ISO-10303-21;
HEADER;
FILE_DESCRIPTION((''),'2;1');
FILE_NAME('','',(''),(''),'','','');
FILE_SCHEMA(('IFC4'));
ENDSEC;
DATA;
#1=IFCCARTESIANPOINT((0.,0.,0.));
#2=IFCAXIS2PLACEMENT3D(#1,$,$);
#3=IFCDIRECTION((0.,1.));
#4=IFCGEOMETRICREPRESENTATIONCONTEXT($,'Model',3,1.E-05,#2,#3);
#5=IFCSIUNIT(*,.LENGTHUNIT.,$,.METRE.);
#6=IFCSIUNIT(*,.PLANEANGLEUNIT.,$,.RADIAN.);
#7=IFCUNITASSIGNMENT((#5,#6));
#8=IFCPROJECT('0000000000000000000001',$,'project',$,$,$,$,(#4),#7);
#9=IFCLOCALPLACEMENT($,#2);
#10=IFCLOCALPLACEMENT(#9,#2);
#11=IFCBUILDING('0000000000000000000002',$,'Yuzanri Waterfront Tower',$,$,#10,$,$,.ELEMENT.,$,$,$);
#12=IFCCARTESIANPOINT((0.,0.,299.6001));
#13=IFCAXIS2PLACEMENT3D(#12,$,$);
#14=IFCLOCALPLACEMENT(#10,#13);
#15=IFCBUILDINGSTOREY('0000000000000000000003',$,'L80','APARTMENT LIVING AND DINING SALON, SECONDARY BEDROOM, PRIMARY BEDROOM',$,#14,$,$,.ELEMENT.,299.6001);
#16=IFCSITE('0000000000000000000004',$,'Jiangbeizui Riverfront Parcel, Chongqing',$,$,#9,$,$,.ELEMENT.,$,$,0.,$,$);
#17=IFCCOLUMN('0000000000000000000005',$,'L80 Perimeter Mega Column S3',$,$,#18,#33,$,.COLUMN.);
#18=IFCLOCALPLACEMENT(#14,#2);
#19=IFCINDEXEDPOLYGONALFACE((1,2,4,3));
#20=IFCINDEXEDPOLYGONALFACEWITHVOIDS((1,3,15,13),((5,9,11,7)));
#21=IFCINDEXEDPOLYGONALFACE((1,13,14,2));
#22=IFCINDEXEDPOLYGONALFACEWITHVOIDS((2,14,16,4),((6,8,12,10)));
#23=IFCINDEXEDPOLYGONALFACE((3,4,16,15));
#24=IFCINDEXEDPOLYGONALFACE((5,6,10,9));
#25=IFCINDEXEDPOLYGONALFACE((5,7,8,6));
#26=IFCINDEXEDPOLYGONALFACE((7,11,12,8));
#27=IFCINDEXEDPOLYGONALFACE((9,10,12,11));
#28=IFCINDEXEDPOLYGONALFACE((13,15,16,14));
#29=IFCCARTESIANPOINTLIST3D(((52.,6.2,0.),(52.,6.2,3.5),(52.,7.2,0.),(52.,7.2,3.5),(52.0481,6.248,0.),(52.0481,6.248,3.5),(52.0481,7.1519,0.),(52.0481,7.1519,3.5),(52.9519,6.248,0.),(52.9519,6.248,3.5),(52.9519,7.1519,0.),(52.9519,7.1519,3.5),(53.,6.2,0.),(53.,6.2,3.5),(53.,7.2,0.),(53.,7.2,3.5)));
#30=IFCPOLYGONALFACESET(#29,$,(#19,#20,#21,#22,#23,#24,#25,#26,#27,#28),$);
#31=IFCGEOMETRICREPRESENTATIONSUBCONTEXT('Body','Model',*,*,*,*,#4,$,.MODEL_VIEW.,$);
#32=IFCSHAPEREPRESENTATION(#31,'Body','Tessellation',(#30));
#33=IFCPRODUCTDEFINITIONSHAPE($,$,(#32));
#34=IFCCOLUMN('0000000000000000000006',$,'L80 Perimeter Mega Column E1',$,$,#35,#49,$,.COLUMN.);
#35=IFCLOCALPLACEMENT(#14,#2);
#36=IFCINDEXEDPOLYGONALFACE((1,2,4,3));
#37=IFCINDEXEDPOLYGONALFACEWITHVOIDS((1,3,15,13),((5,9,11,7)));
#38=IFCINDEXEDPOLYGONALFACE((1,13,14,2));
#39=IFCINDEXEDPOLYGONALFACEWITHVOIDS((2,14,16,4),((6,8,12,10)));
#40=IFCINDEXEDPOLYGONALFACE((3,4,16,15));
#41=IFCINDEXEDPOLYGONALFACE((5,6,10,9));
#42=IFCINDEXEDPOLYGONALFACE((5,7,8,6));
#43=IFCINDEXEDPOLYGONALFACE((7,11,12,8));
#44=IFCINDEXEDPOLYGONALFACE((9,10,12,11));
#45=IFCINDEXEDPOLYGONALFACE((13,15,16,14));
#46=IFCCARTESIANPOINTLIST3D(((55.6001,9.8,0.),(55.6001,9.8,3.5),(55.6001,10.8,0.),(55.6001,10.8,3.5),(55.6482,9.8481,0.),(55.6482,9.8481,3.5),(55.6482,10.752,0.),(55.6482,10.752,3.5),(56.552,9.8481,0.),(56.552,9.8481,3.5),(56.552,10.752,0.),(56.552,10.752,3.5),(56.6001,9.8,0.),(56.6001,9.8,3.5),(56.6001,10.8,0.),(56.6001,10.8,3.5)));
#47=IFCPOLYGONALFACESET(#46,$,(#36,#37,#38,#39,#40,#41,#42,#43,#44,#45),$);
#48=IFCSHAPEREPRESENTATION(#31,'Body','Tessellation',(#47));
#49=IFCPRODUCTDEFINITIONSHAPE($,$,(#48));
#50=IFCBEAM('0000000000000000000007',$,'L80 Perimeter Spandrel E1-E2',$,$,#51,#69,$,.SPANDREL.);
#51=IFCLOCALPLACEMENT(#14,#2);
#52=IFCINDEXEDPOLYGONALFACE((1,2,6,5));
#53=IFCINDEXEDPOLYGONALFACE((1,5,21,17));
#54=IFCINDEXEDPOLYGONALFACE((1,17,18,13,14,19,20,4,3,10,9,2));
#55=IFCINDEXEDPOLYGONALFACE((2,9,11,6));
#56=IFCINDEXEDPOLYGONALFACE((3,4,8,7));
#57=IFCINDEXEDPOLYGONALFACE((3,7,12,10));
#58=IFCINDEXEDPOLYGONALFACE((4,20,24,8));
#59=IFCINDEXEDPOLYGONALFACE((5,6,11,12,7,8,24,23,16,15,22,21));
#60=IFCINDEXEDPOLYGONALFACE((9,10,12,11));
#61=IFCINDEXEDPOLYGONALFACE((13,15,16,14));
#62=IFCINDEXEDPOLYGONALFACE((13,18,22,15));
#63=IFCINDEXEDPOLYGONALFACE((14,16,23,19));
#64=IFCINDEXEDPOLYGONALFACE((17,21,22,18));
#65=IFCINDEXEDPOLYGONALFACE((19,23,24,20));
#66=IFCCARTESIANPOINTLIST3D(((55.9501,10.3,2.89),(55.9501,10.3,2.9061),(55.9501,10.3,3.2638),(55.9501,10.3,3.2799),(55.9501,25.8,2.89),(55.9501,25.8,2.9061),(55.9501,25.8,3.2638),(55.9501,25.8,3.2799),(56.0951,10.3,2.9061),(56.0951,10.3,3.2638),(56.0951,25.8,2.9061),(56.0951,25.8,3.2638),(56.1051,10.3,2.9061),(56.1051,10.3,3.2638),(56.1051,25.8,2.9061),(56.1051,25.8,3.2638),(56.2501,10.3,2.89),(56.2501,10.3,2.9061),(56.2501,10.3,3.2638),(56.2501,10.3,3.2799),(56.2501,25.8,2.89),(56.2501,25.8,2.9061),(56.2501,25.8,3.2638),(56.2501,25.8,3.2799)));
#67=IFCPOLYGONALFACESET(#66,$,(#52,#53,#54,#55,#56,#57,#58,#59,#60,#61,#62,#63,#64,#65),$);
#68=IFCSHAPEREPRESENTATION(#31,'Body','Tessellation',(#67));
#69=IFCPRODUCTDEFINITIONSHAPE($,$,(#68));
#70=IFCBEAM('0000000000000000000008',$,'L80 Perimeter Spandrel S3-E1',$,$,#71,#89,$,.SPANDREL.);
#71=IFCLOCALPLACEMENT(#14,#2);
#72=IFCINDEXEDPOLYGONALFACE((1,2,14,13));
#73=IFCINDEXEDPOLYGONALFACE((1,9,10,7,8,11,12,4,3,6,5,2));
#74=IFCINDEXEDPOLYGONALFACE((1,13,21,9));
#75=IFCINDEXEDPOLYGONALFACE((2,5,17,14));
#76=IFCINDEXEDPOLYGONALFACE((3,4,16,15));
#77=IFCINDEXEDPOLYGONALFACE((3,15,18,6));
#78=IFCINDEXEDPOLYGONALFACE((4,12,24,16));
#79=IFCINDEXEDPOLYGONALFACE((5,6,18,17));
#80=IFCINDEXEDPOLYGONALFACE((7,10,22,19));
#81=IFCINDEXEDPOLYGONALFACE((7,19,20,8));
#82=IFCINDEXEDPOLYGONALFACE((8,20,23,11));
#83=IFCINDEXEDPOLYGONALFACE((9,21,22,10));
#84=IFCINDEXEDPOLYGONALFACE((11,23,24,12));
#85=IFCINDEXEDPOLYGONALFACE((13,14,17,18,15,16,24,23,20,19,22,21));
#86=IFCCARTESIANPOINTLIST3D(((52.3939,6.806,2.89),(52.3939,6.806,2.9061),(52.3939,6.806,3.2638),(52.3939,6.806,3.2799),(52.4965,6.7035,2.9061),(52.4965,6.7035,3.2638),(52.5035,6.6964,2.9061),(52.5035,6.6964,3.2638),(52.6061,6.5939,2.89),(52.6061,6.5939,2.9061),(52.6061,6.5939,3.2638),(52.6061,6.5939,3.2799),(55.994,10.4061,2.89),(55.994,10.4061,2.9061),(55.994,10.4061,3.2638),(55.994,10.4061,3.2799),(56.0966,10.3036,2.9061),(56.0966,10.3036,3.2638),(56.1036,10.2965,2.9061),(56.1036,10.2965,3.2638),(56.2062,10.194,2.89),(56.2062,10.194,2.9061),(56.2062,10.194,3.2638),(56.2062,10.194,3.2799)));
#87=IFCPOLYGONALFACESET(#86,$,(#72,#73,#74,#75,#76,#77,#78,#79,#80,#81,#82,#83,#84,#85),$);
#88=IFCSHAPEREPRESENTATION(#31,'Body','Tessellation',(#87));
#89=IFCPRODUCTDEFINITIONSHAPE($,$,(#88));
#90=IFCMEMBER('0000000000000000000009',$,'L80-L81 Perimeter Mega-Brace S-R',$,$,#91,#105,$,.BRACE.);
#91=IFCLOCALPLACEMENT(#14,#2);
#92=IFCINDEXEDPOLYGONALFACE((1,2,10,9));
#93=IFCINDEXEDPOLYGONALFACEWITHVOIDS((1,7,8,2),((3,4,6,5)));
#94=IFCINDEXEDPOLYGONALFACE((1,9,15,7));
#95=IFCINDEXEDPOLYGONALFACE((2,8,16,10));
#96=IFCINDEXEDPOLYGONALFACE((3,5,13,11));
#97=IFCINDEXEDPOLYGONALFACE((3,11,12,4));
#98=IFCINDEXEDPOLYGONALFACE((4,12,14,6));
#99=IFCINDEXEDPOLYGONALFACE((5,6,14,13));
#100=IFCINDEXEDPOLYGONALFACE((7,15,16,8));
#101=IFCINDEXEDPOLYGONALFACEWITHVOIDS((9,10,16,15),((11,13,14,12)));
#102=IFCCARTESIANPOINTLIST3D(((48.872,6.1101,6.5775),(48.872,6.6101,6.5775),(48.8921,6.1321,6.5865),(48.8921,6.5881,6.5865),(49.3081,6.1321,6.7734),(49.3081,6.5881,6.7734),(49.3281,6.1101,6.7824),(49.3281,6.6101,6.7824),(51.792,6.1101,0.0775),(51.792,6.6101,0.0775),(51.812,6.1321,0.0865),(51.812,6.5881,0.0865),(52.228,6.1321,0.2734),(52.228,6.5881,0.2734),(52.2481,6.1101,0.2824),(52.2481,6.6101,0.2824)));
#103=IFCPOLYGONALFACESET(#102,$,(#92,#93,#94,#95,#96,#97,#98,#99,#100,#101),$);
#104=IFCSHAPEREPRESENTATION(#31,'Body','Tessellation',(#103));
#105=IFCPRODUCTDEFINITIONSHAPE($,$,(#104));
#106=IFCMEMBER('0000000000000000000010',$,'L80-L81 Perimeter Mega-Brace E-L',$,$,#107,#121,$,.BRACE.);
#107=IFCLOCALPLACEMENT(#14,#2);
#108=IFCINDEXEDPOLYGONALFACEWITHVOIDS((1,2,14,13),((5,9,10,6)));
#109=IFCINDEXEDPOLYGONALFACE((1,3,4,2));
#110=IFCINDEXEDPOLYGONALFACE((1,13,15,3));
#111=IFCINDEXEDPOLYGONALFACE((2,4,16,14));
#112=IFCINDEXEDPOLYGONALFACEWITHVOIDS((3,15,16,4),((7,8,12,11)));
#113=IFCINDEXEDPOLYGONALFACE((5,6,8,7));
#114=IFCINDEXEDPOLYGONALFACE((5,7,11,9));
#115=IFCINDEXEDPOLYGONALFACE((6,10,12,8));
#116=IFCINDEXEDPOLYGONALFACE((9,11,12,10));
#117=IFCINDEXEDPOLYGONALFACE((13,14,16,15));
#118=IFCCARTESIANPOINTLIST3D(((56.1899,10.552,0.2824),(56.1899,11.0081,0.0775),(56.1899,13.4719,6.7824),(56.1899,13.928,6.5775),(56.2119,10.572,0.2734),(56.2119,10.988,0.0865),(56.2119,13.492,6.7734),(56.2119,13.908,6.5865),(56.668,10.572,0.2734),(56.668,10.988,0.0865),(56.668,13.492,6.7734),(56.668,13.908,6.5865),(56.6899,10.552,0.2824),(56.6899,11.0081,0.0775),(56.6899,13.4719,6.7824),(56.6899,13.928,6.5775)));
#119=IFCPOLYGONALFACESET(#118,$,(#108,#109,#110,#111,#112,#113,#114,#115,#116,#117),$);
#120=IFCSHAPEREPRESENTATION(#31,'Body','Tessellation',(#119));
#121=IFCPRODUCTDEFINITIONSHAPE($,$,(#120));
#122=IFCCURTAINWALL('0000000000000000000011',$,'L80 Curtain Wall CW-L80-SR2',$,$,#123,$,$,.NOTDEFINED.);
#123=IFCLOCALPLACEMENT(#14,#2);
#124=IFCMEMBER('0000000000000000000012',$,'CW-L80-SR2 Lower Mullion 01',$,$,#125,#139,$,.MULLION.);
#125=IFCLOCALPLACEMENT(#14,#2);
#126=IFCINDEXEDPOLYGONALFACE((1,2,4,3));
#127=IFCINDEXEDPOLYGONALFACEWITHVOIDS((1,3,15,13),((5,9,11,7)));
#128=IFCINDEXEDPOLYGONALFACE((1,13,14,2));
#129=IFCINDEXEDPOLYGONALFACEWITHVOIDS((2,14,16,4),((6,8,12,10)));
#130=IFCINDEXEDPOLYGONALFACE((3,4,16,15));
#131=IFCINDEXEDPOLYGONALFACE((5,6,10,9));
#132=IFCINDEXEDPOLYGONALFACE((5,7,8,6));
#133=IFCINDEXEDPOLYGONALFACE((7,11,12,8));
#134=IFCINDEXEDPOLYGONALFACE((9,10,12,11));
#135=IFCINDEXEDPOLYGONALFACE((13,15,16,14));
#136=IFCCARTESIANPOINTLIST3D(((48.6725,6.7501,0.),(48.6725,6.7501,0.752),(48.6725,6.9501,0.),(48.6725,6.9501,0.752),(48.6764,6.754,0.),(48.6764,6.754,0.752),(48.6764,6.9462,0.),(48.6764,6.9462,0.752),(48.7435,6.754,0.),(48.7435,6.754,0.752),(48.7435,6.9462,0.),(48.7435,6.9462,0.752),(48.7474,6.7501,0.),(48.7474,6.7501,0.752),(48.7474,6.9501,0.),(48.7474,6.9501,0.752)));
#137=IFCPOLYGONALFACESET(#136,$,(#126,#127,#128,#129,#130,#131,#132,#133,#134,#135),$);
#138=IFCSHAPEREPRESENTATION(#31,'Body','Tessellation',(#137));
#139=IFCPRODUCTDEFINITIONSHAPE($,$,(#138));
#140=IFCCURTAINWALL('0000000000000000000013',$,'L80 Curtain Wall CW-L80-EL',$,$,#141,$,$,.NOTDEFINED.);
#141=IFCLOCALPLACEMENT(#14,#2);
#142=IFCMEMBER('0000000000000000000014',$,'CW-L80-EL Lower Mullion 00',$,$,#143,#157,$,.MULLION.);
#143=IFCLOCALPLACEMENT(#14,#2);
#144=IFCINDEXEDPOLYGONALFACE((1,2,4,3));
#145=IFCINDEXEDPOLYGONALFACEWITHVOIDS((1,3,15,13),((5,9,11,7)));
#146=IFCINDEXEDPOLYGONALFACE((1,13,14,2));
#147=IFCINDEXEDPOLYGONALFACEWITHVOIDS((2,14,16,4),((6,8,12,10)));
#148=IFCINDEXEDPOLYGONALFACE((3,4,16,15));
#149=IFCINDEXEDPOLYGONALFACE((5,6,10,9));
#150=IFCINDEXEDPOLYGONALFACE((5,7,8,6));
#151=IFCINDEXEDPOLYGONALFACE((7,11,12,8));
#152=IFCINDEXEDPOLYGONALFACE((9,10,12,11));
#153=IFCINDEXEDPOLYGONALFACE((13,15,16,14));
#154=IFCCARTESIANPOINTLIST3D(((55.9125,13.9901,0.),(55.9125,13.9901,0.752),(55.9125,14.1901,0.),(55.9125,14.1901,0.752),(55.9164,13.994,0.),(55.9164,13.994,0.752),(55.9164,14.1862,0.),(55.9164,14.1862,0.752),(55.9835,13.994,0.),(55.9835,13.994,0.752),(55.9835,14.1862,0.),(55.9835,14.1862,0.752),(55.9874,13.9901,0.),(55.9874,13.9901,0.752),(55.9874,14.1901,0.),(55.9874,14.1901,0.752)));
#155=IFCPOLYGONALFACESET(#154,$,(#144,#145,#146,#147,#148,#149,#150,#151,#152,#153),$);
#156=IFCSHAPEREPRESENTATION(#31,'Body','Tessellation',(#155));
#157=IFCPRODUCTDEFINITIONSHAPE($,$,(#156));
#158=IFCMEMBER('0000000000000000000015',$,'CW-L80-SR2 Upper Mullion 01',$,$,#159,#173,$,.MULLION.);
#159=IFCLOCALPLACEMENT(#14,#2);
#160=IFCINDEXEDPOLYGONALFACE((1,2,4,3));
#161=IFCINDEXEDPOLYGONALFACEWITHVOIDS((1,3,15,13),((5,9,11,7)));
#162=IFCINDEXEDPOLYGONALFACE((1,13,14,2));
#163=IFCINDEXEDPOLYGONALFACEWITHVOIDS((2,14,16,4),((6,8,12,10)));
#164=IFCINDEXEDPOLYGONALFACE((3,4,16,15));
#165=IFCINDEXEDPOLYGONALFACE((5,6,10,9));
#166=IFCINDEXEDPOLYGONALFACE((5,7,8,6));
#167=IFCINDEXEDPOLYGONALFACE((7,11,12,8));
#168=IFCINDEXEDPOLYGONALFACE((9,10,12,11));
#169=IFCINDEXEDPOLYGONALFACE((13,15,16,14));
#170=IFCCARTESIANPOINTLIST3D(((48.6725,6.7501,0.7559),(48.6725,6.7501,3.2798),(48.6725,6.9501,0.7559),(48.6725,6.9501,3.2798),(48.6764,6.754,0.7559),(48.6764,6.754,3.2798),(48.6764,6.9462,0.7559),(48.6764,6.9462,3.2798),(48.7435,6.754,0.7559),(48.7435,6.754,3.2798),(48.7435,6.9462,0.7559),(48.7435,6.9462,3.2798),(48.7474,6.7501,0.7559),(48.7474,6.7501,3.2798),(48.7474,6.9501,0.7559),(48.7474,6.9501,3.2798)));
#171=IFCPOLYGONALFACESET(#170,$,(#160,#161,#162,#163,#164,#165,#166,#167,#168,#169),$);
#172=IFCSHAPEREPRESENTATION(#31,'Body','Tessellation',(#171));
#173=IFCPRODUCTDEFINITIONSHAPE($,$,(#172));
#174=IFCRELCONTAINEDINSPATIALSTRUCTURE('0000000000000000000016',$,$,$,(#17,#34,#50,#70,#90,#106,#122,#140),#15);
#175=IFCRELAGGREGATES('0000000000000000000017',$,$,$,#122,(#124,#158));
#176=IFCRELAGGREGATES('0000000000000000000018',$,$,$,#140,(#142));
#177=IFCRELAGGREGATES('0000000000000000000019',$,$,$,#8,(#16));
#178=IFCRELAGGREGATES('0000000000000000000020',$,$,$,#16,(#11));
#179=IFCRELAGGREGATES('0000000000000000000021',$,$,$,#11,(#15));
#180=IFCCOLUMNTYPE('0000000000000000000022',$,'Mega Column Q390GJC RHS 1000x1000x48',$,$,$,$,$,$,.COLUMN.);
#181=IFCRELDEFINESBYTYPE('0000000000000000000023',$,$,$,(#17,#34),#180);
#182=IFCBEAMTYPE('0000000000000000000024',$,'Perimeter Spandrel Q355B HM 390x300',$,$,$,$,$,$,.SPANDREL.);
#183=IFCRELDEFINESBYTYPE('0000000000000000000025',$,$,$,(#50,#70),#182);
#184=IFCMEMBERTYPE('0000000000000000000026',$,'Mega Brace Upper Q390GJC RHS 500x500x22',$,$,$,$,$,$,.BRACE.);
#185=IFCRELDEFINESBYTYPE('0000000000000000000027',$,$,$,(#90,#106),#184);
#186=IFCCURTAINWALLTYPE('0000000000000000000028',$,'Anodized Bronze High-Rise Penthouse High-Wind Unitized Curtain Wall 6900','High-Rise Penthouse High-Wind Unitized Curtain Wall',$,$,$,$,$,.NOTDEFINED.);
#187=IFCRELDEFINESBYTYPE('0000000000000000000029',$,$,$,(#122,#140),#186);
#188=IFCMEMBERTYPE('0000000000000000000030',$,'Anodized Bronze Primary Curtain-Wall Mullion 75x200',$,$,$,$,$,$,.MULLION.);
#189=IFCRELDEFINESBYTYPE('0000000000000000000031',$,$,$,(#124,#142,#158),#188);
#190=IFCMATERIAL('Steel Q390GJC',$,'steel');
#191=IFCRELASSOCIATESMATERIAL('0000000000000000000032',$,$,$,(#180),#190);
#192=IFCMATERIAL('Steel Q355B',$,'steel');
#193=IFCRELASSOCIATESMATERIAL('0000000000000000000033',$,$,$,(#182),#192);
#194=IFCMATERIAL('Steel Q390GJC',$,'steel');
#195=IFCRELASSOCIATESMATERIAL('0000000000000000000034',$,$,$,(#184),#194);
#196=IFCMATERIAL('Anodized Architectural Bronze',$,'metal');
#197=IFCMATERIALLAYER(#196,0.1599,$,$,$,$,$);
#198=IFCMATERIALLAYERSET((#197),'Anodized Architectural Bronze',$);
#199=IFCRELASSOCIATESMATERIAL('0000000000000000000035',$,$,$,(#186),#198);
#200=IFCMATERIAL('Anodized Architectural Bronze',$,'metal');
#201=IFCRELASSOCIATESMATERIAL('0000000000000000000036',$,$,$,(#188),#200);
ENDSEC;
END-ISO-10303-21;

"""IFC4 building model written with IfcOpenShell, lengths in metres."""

from ifc_helpers import new_model, si_unit, direction, frame, origin, origin_2d, place, context, subcontext, project, spatial, hollow_rectangle, i_section, extrude, source, transform, mapped, material, layer, layer_set, material_profile, profile_set, type_object, element, aggregate, save


model = new_model("IFC4")

# Units and contexts
model_context = context("Model", 3, precision=1e-05, world=origin(), true_north=direction((0.0, 1.0)))
body_context = subcontext(model_context, "Body", "Model", "MODEL_VIEW")
ifc_project = project(units=[si_unit("LENGTHUNIT", "METRE"), si_unit("PLANEANGLEUNIT", "RADIAN")], contexts=[model_context])

# Site, building, storey
site_placement = place(None, origin())
site = spatial("IfcSite", under=ifc_project, at=site_placement, Name="Jiangbeizui Riverfront Parcel, Chongqing", CompositionType="ELEMENT", RefElevation=0.0)
building_placement = place(site_placement, origin())
building = spatial("IfcBuilding", under=site, at=building_placement, Name="Yuzanri Waterfront Tower", CompositionType="ELEMENT")
storey_placement = place(building_placement, frame((0.0, 0.0, 299.6001)))
storey = spatial("IfcBuildingStorey", under=building, at=storey_placement, Name="L80", Description="APARTMENT LIVING AND DINING SALON, SECONDARY BEDROOM, PRIMARY BEDROOM", CompositionType="ELEMENT", Elevation=299.6001)

# Columns
ifc_material_1 = material(Name="Steel Q390GJC", Category="steel")
ifc_material_profile_1 = material_profile(ifc_material_1, hollow_rectangle(XDim=1.0, YDim=1.0, WallThickness=0.0481, at=origin_2d()), Name="RHS 1000x1000x48")
ifc_profile_set_1 = profile_set([ifc_material_profile_1], Name="Steel Q390GJC")
column_type = type_object("IfcColumnType", Name="Mega Column Q390GJC RHS 1000x1000x48", PredefinedType="COLUMN", material=ifc_profile_set_1)
shared_shape_1 = source(origin(), body_context, "Body", "SweptSolid", [
    extrude(hollow_rectangle(XDim=1.0, YDim=1.0, WallThickness=0.0481, at=origin_2d()), origin(), (0.0, 0.0, 1.0), 3.5),
])
for number, where, z_axis, x_axis, name in (
    (1, (52.5, 6.7, 0.0), (0.0, 0.0, 1.0), (1.0, 0.0, 0.0), "L80 Perimeter Mega Column S3"),
    (2, (56.1001, 10.3, 0.0), (0.0, 0.0, 1.0), (1.0, 0.0, 0.0), "L80 Perimeter Mega Column E1"),
):
    element("IfcColumn", number, at=place(storey_placement, frame(where, z_axis=z_axis, x_axis=x_axis)), inside=storey, type_object=column_type, Name=name, PredefinedType="COLUMN", context=body_context, shape_type="MappedRepresentation", body=[
        mapped(shared_shape_1, transform((0.0, 0.0, 0.0), scale=1.0)),
    ])

# Beams
ifc_material_2 = material(Name="Steel Q355B", Category="steel")
ifc_material_profile_2 = material_profile(ifc_material_2, i_section(OverallWidth=0.3, OverallDepth=0.3899, WebThickness=0.01, FlangeThickness=0.0161, at=origin_2d()), Name="HM 390x300x10x16")
ifc_profile_set_2 = profile_set([ifc_material_profile_2], Name="Steel Q355B")
beam_type = type_object("IfcBeamType", Name="Perimeter Spandrel Q355B HM 390x300", PredefinedType="SPANDREL", material=ifc_profile_set_2)
shared_shape_2 = source(origin(), body_context, "Body", "SweptSolid", [
    extrude(i_section(OverallWidth=0.3, OverallDepth=0.3899, WebThickness=0.01, FlangeThickness=0.0161, at=origin_2d()), origin(), (0.0, 0.0, 1.0), 15.5),
])
beam_1_placement = place(storey_placement, frame((56.1001, 10.3, 3.085), z_axis=(0.0, 1.0, 0.0), x_axis=(-1.0, 0.0, 0.0)))
element("IfcBeam", 3, at=beam_1_placement, inside=storey, type_object=beam_type, Name="L80 Perimeter Spandrel E1-E2", PredefinedType="SPANDREL", context=body_context, shape_type="MappedRepresentation", body=[
    mapped(shared_shape_2, transform((0.0, 0.0, 0.0), scale=1.0)),
])
shared_shape_3 = source(origin(), body_context, "Body", "SweptSolid", [
    extrude(i_section(OverallWidth=0.3, OverallDepth=0.3899, WebThickness=0.01, FlangeThickness=0.0161, at=origin_2d()), origin(), (0.0, 0.0, 1.0), 5.0913),
])
beam_2_placement = place(storey_placement, frame((52.5, 6.7, 3.085), z_axis=(0.707107, 0.707107, 0.0), x_axis=(-0.707107, 0.707107, 0.0)))
element("IfcBeam", 4, at=beam_2_placement, inside=storey, type_object=beam_type, Name="L80 Perimeter Spandrel S3-E1", PredefinedType="SPANDREL", context=body_context, shape_type="MappedRepresentation", body=[
    mapped(shared_shape_3, transform((0.0, 0.0, 0.0), scale=1.0)),
])

# Members
ifc_material_3 = material(Name="Steel Q390GJC", Category="steel")
ifc_material_profile_3 = material_profile(ifc_material_3, hollow_rectangle(XDim=0.5, YDim=0.5, WallThickness=0.022, at=origin_2d()), Name="RHS 500x500x22")
ifc_profile_set_3 = profile_set([ifc_material_profile_3], Name="Steel Q390GJC")
member_type_1 = type_object("IfcMemberType", Name="Mega Brace Upper Q390GJC RHS 500x500x22", PredefinedType="BRACE", material=ifc_profile_set_3)
shared_shape_4 = source(origin(), body_context, "Body", "SweptSolid", [
    extrude(hollow_rectangle(XDim=0.5, YDim=0.5, WallThickness=0.022, at=origin_2d()), origin(), (0.0, 0.0, 1.0), 7.1257),
])
for number, where, z_axis, x_axis, name in (
    (5, (52.02, 6.3601, 0.1799), (-0.409772, 0.0, 0.912188), (0.0, -1.0, 0.0), "L80-L81 Perimeter Mega-Brace S-R"),
    (6, (56.4399, 10.78, 0.1799), (0.0, 0.409772, 0.912188), (-1.0, 0.0, 0.0), "L80-L81 Perimeter Mega-Brace E-L"),
):
    element("IfcMember", number, at=place(storey_placement, frame(where, z_axis=z_axis, x_axis=x_axis)), inside=storey, type_object=member_type_1, Name=name, PredefinedType="BRACE", context=body_context, shape_type="MappedRepresentation", body=[
        mapped(shared_shape_4, transform((0.0, 0.0, 0.0), scale=1.0)),
    ])

# Curtain walls, members
ifc_material_4 = material(Name="Anodized Architectural Bronze", Category="metal")
ifc_layer_1 = layer(ifc_material_4, 0.1599)
ifc_layer_set_1 = layer_set([ifc_layer_1], Name="Anodized Architectural Bronze")
curtain_wall_type = type_object("IfcCurtainWallType", Name="Anodized Bronze High-Rise Penthouse High-Wind Unitized Curtain Wall 6900", Description="High-Rise Penthouse High-Wind Unitized Curtain Wall", PredefinedType="NOTDEFINED", material=ifc_layer_set_1)
curtain_wall_1_placement = place(storey_placement, origin())
curtain_wall_1 = element("IfcCurtainWall", 7, at=curtain_wall_1_placement, inside=storey, type_object=curtain_wall_type, Name="L80 Curtain Wall CW-L80-SR2", PredefinedType="NOTDEFINED")
ifc_material_5 = material(Name="Anodized Architectural Bronze", Category="metal")
ifc_material_profile_4 = material_profile(ifc_material_5, hollow_rectangle(XDim=0.075, YDim=0.2, WallThickness=0.0039, at=origin_2d()), Name="CWM 75x200")
ifc_profile_set_4 = profile_set([ifc_material_profile_4], Name="Anodized Architectural Bronze")
member_type_2 = type_object("IfcMemberType", Name="Anodized Bronze Primary Curtain-Wall Mullion 75x200", PredefinedType="MULLION", material=ifc_profile_set_4)
shared_shape_5 = source(origin(), body_context, "Body", "SweptSolid", [
    extrude(hollow_rectangle(XDim=0.075, YDim=0.2, WallThickness=0.0039, at=origin_2d()), origin(), (0.0, 0.0, 1.0), 0.752),
])
member_1_placement = place(storey_placement, frame((48.71, 6.8501, 0.0), z_axis=(0.0, 0.0, 1.0), x_axis=(1.0, 0.0, 0.0)))
member_1 = element("IfcMember", 8, at=member_1_placement, type_object=member_type_2, Name="CW-L80-SR2 Lower Mullion 01", PredefinedType="MULLION", context=body_context, shape_type="MappedRepresentation", body=[
    mapped(shared_shape_5, transform((0.0, 0.0, 0.0), scale=1.0)),
])
curtain_wall_2_placement = place(storey_placement, origin())
curtain_wall_2 = element("IfcCurtainWall", 9, at=curtain_wall_2_placement, inside=storey, type_object=curtain_wall_type, Name="L80 Curtain Wall CW-L80-EL", PredefinedType="NOTDEFINED")
member_2_placement = place(storey_placement, frame((55.95, 14.0901, 0.0), z_axis=(0.0, 0.0, 1.0), x_axis=(1.0, 0.0, 0.0)))
member_2 = element("IfcMember", 10, at=member_2_placement, type_object=member_type_2, Name="CW-L80-EL Lower Mullion 00", PredefinedType="MULLION", context=body_context, shape_type="MappedRepresentation", body=[
    mapped(shared_shape_5, transform((0.0, 0.0, 0.0), scale=1.0)),
])

# Member
shared_shape_6 = source(origin(), body_context, "Body", "SweptSolid", [
    extrude(hollow_rectangle(XDim=0.075, YDim=0.2, WallThickness=0.0039, at=origin_2d()), origin(), (0.0, 0.0, 1.0), 2.5239),
])
member_3_placement = place(storey_placement, frame((48.71, 6.8501, 0.7559), z_axis=(0.0, 0.0, 1.0), x_axis=(1.0, 0.0, 0.0)))
member_3 = element("IfcMember", 11, at=member_3_placement, type_object=member_type_2, Name="CW-L80-SR2 Upper Mullion 01", PredefinedType="MULLION", context=body_context, shape_type="MappedRepresentation", body=[
    mapped(shared_shape_6, transform((0.0, 0.0, 0.0), scale=1.0)),
])
aggregate(curtain_wall_1, [member_1, member_3])
aggregate(curtain_wall_2, [member_2])

save(model, "model.ifc")
